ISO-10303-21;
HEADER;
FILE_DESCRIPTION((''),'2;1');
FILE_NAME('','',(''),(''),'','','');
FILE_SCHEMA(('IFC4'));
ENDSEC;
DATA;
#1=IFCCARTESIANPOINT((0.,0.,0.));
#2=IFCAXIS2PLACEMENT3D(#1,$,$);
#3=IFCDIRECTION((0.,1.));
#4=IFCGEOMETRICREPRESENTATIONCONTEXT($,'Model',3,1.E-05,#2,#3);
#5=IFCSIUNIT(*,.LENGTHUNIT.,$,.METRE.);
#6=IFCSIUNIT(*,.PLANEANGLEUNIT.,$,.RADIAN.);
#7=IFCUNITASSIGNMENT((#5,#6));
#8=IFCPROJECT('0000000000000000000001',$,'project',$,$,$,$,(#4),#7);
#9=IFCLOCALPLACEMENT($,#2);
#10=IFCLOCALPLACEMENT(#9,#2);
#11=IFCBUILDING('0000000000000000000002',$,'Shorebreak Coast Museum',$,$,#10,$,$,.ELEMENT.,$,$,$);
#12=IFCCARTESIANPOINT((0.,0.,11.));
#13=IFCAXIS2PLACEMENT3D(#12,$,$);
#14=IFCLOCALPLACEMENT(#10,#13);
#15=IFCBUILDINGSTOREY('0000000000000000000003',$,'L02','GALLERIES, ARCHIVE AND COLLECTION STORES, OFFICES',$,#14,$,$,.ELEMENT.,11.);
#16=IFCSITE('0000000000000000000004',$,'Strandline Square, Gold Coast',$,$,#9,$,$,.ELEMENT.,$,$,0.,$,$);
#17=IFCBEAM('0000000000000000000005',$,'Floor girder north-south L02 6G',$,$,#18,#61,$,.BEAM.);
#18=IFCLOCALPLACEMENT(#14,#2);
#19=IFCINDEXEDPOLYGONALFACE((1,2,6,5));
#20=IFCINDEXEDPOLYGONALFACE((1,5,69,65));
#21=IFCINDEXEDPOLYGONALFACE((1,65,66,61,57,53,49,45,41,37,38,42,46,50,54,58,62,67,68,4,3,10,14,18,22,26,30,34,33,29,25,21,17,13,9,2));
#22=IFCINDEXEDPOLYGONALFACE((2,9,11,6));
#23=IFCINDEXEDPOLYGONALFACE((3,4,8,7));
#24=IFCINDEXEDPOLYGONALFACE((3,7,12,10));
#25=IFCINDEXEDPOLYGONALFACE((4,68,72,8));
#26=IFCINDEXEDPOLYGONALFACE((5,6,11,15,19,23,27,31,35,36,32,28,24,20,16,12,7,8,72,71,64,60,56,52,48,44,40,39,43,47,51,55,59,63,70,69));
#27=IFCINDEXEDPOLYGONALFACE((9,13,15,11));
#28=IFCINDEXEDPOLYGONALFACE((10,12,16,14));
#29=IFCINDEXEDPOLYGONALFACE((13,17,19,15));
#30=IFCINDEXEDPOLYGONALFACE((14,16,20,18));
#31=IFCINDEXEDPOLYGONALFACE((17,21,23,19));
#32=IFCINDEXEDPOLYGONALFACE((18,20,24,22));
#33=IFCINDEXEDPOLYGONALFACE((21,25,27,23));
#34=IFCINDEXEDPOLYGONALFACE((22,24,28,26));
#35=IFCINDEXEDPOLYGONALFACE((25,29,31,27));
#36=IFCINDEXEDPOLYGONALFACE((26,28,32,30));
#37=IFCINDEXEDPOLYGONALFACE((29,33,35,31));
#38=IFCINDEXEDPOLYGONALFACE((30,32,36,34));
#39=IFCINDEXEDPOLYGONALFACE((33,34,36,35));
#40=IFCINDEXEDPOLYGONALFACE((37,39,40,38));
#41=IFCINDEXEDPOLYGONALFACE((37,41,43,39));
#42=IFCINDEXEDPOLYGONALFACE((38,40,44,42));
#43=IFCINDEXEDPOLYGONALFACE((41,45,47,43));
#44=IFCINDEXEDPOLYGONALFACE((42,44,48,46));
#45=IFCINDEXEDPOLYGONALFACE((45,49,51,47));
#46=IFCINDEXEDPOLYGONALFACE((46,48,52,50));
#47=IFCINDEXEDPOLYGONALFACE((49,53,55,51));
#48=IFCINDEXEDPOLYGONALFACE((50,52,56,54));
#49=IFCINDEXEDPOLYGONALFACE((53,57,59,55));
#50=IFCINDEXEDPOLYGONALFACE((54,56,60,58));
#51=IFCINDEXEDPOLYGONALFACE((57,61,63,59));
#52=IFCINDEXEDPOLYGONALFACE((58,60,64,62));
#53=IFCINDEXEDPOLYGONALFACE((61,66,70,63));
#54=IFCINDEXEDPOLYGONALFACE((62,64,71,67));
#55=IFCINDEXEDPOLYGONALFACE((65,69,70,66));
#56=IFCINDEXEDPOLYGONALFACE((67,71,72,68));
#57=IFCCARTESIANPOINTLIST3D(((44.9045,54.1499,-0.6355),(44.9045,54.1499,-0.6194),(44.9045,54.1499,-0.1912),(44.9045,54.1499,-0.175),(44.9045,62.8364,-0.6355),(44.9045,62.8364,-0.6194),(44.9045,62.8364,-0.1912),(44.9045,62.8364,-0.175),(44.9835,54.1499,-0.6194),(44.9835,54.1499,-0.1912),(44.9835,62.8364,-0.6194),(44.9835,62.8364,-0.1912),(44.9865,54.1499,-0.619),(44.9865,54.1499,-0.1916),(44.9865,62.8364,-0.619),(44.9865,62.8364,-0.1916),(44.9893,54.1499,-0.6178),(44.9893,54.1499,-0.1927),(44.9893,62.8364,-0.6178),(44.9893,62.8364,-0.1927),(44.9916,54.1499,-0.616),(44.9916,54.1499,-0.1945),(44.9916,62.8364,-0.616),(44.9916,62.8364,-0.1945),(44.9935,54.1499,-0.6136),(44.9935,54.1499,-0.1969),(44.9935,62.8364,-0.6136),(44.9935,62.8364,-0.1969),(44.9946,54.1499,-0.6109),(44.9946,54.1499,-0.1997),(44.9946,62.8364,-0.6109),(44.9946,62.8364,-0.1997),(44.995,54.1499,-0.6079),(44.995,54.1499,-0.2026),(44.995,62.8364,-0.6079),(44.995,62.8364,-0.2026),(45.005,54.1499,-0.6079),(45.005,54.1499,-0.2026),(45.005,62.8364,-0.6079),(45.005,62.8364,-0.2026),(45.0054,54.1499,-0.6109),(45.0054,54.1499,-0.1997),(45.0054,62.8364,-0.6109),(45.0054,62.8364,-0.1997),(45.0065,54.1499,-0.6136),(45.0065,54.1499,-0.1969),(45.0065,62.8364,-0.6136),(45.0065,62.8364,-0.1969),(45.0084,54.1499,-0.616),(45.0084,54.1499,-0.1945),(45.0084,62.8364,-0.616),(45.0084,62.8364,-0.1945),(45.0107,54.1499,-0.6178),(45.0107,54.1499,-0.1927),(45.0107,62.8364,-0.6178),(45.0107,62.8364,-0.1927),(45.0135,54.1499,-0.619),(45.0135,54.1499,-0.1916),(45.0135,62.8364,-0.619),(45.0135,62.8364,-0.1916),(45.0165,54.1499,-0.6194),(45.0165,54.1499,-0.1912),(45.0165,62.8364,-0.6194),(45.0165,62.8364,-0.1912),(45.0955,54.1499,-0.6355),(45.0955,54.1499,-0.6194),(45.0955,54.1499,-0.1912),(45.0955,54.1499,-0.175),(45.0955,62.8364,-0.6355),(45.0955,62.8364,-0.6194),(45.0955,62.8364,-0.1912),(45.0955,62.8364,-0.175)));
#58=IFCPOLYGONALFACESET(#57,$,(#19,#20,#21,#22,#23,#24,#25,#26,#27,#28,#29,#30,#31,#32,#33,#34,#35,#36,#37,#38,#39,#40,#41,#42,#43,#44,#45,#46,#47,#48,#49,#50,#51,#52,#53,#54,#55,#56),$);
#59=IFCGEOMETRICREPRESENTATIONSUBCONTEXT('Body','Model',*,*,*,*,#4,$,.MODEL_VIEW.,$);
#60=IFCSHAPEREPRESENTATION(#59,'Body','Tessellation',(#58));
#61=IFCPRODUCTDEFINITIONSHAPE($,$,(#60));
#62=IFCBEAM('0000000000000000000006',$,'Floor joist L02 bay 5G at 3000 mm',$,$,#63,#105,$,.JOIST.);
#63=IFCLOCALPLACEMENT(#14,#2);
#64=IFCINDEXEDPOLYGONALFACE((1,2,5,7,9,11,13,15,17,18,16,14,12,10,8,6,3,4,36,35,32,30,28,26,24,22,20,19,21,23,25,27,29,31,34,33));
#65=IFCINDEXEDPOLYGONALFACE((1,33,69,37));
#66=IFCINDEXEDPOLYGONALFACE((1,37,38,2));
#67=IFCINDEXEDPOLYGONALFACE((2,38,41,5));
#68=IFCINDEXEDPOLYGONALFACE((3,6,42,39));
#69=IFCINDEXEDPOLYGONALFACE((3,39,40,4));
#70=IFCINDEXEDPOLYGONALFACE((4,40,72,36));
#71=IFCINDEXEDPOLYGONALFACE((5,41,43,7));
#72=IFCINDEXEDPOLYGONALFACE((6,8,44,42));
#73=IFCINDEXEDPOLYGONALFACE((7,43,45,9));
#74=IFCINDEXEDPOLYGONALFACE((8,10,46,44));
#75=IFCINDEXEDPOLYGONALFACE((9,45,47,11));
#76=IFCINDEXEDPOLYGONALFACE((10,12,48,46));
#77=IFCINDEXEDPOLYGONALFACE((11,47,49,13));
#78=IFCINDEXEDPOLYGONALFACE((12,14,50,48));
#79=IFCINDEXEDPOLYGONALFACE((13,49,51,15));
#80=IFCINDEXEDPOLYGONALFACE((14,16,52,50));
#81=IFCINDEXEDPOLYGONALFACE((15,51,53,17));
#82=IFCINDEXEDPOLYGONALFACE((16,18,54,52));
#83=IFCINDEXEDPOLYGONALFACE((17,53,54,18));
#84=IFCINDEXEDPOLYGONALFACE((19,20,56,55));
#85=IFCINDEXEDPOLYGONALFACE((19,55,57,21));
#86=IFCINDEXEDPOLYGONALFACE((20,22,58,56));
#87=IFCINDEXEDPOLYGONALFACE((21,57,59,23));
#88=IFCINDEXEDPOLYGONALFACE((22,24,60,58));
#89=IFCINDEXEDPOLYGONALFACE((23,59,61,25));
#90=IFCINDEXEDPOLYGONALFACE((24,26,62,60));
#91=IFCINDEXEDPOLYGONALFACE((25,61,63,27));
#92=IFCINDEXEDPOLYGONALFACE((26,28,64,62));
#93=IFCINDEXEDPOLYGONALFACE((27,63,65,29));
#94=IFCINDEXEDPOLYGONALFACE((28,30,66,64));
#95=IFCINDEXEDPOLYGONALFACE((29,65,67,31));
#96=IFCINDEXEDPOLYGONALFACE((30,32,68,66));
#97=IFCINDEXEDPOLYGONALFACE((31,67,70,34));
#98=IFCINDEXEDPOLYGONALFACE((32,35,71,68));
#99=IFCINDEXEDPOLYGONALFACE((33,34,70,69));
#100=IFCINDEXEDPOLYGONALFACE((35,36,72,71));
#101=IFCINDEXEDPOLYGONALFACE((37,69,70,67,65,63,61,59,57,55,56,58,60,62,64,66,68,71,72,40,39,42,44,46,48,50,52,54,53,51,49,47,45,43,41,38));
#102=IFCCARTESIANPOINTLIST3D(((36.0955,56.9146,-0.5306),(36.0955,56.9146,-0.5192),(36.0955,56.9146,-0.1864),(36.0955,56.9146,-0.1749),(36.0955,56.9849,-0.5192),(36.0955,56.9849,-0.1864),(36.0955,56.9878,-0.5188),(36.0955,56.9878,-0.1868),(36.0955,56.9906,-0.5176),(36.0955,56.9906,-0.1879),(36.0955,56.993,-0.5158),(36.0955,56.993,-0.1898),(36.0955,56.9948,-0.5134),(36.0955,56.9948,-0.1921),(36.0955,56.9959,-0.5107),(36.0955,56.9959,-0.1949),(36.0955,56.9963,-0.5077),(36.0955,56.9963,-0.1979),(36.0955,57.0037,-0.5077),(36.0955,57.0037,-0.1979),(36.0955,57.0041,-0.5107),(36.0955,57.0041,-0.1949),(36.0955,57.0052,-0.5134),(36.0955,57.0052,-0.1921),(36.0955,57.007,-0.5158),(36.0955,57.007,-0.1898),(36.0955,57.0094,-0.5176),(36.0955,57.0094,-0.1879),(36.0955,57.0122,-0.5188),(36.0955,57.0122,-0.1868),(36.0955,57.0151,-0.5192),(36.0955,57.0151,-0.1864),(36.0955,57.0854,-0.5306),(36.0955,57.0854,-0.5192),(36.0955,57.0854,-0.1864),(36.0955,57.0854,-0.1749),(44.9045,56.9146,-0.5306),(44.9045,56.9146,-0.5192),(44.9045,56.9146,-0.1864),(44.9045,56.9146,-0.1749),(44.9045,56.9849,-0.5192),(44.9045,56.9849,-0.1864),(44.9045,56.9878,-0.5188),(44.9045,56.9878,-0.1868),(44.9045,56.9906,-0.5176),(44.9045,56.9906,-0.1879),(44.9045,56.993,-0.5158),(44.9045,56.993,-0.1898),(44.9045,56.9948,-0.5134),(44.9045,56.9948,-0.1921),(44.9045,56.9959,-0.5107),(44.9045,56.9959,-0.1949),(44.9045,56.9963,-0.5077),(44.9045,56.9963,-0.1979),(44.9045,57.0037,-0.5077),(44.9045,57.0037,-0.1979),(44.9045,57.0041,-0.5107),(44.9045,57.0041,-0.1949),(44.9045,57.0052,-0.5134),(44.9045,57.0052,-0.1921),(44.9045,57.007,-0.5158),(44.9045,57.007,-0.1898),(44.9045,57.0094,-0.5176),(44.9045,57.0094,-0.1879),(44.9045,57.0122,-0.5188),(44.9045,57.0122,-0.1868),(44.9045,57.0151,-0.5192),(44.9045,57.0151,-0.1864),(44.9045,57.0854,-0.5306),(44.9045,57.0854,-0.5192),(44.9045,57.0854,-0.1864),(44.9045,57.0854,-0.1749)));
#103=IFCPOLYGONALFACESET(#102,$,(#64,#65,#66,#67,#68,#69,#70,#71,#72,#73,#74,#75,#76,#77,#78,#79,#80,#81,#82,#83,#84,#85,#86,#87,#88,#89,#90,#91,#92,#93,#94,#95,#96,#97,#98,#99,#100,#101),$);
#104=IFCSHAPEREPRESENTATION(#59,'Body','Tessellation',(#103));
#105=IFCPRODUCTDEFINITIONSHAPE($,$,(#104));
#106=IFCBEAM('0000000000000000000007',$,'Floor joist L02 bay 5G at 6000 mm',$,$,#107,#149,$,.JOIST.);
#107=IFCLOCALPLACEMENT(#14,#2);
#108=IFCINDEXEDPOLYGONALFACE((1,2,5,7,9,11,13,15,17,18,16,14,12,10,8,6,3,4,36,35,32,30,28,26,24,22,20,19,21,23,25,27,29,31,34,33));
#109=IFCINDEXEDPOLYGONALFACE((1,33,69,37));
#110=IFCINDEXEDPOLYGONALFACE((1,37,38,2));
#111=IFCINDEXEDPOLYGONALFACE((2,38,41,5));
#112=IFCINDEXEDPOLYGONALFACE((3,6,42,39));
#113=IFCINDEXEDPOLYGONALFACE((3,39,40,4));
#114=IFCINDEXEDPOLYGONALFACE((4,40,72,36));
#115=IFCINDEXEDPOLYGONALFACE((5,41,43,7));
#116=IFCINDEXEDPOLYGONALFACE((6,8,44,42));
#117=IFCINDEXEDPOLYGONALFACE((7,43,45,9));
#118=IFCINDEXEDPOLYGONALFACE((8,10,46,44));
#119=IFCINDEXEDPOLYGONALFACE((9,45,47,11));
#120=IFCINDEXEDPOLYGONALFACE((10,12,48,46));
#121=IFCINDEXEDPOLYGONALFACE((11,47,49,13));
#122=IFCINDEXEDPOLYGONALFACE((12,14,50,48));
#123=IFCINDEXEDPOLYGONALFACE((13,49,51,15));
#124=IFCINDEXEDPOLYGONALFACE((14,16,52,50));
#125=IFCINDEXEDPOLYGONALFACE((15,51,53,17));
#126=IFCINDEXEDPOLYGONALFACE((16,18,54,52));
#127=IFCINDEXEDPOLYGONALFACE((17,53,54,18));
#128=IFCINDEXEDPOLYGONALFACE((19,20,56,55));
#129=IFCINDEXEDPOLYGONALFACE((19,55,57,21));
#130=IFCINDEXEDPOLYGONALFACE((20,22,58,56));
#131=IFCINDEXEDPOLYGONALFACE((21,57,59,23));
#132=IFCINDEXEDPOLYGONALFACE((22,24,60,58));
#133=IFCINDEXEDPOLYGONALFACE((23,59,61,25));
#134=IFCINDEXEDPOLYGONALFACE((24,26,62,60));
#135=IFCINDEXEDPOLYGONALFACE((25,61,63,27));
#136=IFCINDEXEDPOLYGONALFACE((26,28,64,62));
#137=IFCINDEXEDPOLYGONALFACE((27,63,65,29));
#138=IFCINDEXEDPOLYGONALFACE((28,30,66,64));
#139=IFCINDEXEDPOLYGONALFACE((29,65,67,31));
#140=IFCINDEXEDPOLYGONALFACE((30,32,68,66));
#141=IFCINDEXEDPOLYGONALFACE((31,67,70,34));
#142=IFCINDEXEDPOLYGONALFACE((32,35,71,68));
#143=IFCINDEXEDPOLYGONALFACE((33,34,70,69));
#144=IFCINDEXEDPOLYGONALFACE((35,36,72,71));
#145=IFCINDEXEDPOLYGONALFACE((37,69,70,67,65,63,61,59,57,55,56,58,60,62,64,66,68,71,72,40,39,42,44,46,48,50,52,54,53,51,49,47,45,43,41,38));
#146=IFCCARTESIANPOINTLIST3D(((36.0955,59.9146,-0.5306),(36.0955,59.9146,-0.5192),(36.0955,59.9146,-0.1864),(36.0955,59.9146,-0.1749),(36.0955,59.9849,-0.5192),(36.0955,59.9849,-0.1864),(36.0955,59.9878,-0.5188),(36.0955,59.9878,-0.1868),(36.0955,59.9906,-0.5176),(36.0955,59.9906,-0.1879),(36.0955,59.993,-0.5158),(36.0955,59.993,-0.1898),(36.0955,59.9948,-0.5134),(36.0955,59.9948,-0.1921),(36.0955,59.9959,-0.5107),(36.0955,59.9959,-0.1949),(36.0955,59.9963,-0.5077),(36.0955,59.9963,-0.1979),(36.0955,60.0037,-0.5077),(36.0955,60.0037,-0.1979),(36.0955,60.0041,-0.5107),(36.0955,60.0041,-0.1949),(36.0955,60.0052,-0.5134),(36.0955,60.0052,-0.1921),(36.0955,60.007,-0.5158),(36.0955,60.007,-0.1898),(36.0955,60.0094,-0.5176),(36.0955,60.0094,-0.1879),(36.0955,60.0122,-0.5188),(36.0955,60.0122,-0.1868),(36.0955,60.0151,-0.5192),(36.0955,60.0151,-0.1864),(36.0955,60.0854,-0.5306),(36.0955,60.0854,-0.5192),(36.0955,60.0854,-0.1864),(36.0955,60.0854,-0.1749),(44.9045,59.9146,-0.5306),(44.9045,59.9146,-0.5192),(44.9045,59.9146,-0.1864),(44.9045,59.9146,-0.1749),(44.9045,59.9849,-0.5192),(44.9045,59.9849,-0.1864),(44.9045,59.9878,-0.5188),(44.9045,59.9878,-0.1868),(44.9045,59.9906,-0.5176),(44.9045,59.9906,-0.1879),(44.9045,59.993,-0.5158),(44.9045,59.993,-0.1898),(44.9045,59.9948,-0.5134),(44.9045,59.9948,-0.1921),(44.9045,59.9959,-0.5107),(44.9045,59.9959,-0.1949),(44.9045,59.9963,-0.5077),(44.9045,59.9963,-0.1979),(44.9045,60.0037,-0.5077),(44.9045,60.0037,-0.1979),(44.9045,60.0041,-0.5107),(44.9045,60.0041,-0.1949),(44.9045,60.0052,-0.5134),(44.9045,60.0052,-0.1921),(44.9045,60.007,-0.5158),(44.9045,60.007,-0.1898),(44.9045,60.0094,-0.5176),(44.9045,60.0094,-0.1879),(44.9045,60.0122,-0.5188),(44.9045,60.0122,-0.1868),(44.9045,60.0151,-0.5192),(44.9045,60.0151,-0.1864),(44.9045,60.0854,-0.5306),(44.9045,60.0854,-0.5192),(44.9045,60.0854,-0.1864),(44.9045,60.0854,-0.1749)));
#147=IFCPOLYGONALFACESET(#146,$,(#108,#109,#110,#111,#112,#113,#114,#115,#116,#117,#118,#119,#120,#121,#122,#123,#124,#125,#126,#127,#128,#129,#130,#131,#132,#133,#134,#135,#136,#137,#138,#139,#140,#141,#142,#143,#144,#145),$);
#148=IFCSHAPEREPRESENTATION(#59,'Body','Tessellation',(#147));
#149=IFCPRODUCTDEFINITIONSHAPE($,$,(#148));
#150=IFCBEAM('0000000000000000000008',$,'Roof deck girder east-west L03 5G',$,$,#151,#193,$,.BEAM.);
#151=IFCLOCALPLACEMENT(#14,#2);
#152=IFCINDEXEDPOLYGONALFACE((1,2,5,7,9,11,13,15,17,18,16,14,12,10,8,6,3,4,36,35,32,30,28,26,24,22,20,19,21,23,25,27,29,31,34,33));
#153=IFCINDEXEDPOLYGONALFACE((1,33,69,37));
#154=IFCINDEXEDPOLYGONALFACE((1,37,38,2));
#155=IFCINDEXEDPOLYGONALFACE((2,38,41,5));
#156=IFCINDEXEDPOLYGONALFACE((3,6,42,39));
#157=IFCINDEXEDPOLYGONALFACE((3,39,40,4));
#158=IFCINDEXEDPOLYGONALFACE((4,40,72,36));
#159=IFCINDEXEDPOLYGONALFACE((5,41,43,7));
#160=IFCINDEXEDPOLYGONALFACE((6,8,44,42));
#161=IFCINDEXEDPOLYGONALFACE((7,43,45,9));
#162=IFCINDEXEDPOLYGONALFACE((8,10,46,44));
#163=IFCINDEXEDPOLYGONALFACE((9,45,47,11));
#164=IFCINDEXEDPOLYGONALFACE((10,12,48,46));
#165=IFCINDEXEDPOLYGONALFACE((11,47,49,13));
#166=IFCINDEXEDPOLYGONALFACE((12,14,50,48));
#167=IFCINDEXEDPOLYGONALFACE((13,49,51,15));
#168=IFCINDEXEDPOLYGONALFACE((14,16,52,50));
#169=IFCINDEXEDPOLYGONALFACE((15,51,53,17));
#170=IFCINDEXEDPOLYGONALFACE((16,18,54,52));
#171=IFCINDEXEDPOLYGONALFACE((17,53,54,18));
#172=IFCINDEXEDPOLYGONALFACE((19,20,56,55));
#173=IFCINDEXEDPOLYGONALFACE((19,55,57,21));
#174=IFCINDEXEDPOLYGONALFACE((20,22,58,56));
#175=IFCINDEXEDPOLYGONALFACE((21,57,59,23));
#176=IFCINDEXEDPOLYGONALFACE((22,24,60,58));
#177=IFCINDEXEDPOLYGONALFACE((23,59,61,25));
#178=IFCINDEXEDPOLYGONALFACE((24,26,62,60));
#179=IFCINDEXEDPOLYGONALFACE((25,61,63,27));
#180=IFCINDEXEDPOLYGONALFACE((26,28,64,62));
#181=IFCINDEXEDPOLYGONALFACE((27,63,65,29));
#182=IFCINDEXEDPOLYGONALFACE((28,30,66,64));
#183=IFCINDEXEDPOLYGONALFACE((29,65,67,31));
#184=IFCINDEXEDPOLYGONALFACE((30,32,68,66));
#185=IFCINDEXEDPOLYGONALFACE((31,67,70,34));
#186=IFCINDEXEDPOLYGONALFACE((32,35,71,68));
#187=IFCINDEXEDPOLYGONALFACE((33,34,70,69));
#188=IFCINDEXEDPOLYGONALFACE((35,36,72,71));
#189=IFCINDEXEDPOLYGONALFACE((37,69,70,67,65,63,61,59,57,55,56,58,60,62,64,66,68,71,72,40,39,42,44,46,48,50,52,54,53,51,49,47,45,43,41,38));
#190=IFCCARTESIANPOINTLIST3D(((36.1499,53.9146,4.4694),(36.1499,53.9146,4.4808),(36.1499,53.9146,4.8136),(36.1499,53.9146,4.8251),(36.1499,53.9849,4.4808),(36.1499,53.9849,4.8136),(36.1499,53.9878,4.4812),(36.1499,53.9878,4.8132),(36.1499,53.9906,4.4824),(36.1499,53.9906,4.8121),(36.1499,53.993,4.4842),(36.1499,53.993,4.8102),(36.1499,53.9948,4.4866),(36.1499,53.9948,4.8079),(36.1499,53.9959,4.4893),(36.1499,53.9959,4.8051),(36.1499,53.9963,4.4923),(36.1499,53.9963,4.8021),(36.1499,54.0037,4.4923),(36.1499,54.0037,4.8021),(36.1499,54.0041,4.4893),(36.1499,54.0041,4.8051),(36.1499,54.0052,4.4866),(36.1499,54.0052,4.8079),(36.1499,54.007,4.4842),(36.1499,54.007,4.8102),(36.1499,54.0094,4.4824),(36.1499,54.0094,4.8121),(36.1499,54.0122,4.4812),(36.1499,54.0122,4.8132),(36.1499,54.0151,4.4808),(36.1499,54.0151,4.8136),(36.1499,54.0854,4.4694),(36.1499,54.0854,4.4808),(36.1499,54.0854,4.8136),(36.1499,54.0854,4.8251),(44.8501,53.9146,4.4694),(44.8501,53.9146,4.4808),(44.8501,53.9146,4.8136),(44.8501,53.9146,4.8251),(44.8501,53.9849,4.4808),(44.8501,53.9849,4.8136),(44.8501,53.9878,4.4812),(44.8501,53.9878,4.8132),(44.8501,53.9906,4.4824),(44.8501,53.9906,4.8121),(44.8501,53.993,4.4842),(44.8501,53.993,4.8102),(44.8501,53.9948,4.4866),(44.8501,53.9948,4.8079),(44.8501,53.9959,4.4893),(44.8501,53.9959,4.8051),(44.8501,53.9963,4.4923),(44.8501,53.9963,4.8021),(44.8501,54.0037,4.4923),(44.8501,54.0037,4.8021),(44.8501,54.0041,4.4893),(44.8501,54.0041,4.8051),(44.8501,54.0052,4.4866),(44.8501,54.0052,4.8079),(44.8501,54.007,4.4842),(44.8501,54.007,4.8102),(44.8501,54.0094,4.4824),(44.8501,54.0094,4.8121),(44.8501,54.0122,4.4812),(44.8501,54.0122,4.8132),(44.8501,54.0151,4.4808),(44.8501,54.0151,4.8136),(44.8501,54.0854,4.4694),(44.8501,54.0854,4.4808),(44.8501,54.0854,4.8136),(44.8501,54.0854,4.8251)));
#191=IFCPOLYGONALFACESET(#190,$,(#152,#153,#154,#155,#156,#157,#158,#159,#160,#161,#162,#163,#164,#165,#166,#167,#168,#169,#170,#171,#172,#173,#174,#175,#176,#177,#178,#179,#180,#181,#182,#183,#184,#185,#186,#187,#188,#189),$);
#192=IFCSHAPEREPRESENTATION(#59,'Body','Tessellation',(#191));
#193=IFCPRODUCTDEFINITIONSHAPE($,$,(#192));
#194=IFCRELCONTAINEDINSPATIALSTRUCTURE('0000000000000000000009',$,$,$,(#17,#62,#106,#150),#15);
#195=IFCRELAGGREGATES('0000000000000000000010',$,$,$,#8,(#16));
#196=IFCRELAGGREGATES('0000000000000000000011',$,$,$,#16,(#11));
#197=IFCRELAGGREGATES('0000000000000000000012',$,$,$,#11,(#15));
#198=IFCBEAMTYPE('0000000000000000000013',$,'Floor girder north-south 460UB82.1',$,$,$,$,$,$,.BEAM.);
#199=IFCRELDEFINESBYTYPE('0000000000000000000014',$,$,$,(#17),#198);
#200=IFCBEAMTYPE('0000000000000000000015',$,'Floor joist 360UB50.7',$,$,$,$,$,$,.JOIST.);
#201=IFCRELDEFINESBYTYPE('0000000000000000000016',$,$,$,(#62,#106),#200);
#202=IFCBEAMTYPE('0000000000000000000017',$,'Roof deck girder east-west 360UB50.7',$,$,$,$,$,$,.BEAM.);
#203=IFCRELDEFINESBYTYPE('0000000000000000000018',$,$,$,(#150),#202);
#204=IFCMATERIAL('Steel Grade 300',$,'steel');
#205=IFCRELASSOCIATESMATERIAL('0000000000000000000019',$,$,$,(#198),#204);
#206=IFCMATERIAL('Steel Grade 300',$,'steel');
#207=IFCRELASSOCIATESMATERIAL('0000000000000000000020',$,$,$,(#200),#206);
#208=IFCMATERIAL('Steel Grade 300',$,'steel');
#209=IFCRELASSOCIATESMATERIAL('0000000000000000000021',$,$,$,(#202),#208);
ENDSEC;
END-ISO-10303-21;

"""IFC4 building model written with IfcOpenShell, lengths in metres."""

from ifc_helpers import new_model, si_unit, direction, frame, origin, origin_2d, place, context, subcontext, project, spatial, i_section, extrude, material, material_profile, profile_set, type_object, element, save


model = new_model("IFC4")

# Units and contexts
model_context = context("Model", 3, precision=1e-05, world=origin(), true_north=direction((0.0, 1.0)))
body_context = subcontext(model_context, "Body", "Model", "MODEL_VIEW")
ifc_project = project(units=[si_unit("LENGTHUNIT", "METRE"), si_unit("PLANEANGLEUNIT", "RADIAN")], contexts=[model_context])

# Site, building, storey
site_placement = place(None, origin())
site = spatial("IfcSite", under=ifc_project, at=site_placement, Name="Strandline Square, Gold Coast", CompositionType="ELEMENT", RefElevation=0.0)
building_placement = place(site_placement, origin())
building = spatial("IfcBuilding", under=site, at=building_placement, Name="Shorebreak Coast Museum", CompositionType="ELEMENT")
storey_placement = place(building_placement, frame((0.0, 0.0, 11.0)))
storey = spatial("IfcBuildingStorey", under=building, at=storey_placement, Name="L02", Description="GALLERIES, ARCHIVE AND COLLECTION STORES, OFFICES", CompositionType="ELEMENT", Elevation=11.0)

# Beams
ifc_material_1 = material(Name="Steel Grade 300", Category="steel")
ifc_material_profile_1 = material_profile(ifc_material_1, i_section(OverallWidth=0.1909, OverallDepth=0.4604, WebThickness=0.01, FlangeThickness=0.0161, FilletRadius=0.0115, at=origin_2d()), Name="460UB82.1")
ifc_profile_set_1 = profile_set([ifc_material_profile_1], Name="Steel Grade 300")
beam_type_1 = type_object("IfcBeamType", Name="Floor girder north-south 460UB82.1", PredefinedType="BEAM", material=ifc_profile_set_1)
for number, where, z_axis, x_axis, name in (
    (1, (45.0, 54.1499, -0.4053), (0.0, 1.0, 0.0), (-1.0, 0.0, 0.0), "Floor girder north-south L02 6G"),
):
    element("IfcBeam", number, at=place(storey_placement, frame(where, z_axis=z_axis, x_axis=x_axis)), inside=storey, type_object=beam_type_1, Name=name, PredefinedType="BEAM", context=body_context, shape_type="SweptSolid", body=[
        extrude(i_section(OverallWidth=0.1909, OverallDepth=0.4604, WebThickness=0.01, FlangeThickness=0.0161, FilletRadius=0.0115, at=origin_2d()), origin(), (0.0, 0.0, 1.0), 8.6865),
    ])
ifc_material_2 = material(Name="Steel Grade 300", Category="steel")
ifc_material_profile_2 = material_profile(ifc_material_2, i_section(OverallWidth=0.1709, OverallDepth=0.3557, WebThickness=0.0073, FlangeThickness=0.0115, FilletRadius=0.0115, at=origin_2d()), Name="360UB50.7")
ifc_profile_set_2 = profile_set([ifc_material_profile_2], Name="Steel Grade 300")
beam_type_2 = type_object("IfcBeamType", Name="Floor joist 360UB50.7", PredefinedType="JOIST", material=ifc_profile_set_2)
for number, where, z_axis, x_axis, name in (
    (2, (36.0955, 57.0, -0.3528), (1.0, 0.0, 0.0), (0.0, 1.0, 0.0), "Floor joist L02 bay 5G at 3000 mm"),
    (3, (36.0955, 60.0, -0.3528), (1.0, 0.0, 0.0), (0.0, 1.0, 0.0), "Floor joist L02 bay 5G at 6000 mm"),
):
    element("IfcBeam", number, at=place(storey_placement, frame(where, z_axis=z_axis, x_axis=x_axis)), inside=storey, type_object=beam_type_2, Name=name, PredefinedType="JOIST", context=body_context, shape_type="SweptSolid", body=[
        extrude(i_section(OverallWidth=0.1709, OverallDepth=0.3557, WebThickness=0.0073, FlangeThickness=0.0115, FilletRadius=0.0115, at=origin_2d()), origin(), (0.0, 0.0, 1.0), 8.8091),
    ])
ifc_material_3 = material(Name="Steel Grade 300", Category="steel")
ifc_material_profile_3 = material_profile(ifc_material_3, i_section(OverallWidth=0.1709, OverallDepth=0.3557, WebThickness=0.0073, FlangeThickness=0.0115, FilletRadius=0.0115, at=origin_2d()), Name="360UB50.7")
ifc_profile_set_3 = profile_set([ifc_material_profile_3], Name="Steel Grade 300")
beam_type_3 = type_object("IfcBeamType", Name="Roof deck girder east-west 360UB50.7", PredefinedType="BEAM", material=ifc_profile_set_3)
beam_1_placement = place(storey_placement, frame((36.1499, 54.0, 4.6472), z_axis=(1.0, 0.0, 0.0), x_axis=(0.0, 1.0, 0.0)))
element("IfcBeam", 4, at=beam_1_placement, inside=storey, type_object=beam_type_3, Name="Roof deck girder east-west L03 5G", PredefinedType="BEAM", context=body_context, shape_type="SweptSolid", body=[
    extrude(i_section(OverallWidth=0.1709, OverallDepth=0.3557, WebThickness=0.0073, FlangeThickness=0.0115, FilletRadius=0.0115, at=origin_2d()), origin(), (0.0, 0.0, 1.0), 8.7002),
])

save(model, "model.ifc")
